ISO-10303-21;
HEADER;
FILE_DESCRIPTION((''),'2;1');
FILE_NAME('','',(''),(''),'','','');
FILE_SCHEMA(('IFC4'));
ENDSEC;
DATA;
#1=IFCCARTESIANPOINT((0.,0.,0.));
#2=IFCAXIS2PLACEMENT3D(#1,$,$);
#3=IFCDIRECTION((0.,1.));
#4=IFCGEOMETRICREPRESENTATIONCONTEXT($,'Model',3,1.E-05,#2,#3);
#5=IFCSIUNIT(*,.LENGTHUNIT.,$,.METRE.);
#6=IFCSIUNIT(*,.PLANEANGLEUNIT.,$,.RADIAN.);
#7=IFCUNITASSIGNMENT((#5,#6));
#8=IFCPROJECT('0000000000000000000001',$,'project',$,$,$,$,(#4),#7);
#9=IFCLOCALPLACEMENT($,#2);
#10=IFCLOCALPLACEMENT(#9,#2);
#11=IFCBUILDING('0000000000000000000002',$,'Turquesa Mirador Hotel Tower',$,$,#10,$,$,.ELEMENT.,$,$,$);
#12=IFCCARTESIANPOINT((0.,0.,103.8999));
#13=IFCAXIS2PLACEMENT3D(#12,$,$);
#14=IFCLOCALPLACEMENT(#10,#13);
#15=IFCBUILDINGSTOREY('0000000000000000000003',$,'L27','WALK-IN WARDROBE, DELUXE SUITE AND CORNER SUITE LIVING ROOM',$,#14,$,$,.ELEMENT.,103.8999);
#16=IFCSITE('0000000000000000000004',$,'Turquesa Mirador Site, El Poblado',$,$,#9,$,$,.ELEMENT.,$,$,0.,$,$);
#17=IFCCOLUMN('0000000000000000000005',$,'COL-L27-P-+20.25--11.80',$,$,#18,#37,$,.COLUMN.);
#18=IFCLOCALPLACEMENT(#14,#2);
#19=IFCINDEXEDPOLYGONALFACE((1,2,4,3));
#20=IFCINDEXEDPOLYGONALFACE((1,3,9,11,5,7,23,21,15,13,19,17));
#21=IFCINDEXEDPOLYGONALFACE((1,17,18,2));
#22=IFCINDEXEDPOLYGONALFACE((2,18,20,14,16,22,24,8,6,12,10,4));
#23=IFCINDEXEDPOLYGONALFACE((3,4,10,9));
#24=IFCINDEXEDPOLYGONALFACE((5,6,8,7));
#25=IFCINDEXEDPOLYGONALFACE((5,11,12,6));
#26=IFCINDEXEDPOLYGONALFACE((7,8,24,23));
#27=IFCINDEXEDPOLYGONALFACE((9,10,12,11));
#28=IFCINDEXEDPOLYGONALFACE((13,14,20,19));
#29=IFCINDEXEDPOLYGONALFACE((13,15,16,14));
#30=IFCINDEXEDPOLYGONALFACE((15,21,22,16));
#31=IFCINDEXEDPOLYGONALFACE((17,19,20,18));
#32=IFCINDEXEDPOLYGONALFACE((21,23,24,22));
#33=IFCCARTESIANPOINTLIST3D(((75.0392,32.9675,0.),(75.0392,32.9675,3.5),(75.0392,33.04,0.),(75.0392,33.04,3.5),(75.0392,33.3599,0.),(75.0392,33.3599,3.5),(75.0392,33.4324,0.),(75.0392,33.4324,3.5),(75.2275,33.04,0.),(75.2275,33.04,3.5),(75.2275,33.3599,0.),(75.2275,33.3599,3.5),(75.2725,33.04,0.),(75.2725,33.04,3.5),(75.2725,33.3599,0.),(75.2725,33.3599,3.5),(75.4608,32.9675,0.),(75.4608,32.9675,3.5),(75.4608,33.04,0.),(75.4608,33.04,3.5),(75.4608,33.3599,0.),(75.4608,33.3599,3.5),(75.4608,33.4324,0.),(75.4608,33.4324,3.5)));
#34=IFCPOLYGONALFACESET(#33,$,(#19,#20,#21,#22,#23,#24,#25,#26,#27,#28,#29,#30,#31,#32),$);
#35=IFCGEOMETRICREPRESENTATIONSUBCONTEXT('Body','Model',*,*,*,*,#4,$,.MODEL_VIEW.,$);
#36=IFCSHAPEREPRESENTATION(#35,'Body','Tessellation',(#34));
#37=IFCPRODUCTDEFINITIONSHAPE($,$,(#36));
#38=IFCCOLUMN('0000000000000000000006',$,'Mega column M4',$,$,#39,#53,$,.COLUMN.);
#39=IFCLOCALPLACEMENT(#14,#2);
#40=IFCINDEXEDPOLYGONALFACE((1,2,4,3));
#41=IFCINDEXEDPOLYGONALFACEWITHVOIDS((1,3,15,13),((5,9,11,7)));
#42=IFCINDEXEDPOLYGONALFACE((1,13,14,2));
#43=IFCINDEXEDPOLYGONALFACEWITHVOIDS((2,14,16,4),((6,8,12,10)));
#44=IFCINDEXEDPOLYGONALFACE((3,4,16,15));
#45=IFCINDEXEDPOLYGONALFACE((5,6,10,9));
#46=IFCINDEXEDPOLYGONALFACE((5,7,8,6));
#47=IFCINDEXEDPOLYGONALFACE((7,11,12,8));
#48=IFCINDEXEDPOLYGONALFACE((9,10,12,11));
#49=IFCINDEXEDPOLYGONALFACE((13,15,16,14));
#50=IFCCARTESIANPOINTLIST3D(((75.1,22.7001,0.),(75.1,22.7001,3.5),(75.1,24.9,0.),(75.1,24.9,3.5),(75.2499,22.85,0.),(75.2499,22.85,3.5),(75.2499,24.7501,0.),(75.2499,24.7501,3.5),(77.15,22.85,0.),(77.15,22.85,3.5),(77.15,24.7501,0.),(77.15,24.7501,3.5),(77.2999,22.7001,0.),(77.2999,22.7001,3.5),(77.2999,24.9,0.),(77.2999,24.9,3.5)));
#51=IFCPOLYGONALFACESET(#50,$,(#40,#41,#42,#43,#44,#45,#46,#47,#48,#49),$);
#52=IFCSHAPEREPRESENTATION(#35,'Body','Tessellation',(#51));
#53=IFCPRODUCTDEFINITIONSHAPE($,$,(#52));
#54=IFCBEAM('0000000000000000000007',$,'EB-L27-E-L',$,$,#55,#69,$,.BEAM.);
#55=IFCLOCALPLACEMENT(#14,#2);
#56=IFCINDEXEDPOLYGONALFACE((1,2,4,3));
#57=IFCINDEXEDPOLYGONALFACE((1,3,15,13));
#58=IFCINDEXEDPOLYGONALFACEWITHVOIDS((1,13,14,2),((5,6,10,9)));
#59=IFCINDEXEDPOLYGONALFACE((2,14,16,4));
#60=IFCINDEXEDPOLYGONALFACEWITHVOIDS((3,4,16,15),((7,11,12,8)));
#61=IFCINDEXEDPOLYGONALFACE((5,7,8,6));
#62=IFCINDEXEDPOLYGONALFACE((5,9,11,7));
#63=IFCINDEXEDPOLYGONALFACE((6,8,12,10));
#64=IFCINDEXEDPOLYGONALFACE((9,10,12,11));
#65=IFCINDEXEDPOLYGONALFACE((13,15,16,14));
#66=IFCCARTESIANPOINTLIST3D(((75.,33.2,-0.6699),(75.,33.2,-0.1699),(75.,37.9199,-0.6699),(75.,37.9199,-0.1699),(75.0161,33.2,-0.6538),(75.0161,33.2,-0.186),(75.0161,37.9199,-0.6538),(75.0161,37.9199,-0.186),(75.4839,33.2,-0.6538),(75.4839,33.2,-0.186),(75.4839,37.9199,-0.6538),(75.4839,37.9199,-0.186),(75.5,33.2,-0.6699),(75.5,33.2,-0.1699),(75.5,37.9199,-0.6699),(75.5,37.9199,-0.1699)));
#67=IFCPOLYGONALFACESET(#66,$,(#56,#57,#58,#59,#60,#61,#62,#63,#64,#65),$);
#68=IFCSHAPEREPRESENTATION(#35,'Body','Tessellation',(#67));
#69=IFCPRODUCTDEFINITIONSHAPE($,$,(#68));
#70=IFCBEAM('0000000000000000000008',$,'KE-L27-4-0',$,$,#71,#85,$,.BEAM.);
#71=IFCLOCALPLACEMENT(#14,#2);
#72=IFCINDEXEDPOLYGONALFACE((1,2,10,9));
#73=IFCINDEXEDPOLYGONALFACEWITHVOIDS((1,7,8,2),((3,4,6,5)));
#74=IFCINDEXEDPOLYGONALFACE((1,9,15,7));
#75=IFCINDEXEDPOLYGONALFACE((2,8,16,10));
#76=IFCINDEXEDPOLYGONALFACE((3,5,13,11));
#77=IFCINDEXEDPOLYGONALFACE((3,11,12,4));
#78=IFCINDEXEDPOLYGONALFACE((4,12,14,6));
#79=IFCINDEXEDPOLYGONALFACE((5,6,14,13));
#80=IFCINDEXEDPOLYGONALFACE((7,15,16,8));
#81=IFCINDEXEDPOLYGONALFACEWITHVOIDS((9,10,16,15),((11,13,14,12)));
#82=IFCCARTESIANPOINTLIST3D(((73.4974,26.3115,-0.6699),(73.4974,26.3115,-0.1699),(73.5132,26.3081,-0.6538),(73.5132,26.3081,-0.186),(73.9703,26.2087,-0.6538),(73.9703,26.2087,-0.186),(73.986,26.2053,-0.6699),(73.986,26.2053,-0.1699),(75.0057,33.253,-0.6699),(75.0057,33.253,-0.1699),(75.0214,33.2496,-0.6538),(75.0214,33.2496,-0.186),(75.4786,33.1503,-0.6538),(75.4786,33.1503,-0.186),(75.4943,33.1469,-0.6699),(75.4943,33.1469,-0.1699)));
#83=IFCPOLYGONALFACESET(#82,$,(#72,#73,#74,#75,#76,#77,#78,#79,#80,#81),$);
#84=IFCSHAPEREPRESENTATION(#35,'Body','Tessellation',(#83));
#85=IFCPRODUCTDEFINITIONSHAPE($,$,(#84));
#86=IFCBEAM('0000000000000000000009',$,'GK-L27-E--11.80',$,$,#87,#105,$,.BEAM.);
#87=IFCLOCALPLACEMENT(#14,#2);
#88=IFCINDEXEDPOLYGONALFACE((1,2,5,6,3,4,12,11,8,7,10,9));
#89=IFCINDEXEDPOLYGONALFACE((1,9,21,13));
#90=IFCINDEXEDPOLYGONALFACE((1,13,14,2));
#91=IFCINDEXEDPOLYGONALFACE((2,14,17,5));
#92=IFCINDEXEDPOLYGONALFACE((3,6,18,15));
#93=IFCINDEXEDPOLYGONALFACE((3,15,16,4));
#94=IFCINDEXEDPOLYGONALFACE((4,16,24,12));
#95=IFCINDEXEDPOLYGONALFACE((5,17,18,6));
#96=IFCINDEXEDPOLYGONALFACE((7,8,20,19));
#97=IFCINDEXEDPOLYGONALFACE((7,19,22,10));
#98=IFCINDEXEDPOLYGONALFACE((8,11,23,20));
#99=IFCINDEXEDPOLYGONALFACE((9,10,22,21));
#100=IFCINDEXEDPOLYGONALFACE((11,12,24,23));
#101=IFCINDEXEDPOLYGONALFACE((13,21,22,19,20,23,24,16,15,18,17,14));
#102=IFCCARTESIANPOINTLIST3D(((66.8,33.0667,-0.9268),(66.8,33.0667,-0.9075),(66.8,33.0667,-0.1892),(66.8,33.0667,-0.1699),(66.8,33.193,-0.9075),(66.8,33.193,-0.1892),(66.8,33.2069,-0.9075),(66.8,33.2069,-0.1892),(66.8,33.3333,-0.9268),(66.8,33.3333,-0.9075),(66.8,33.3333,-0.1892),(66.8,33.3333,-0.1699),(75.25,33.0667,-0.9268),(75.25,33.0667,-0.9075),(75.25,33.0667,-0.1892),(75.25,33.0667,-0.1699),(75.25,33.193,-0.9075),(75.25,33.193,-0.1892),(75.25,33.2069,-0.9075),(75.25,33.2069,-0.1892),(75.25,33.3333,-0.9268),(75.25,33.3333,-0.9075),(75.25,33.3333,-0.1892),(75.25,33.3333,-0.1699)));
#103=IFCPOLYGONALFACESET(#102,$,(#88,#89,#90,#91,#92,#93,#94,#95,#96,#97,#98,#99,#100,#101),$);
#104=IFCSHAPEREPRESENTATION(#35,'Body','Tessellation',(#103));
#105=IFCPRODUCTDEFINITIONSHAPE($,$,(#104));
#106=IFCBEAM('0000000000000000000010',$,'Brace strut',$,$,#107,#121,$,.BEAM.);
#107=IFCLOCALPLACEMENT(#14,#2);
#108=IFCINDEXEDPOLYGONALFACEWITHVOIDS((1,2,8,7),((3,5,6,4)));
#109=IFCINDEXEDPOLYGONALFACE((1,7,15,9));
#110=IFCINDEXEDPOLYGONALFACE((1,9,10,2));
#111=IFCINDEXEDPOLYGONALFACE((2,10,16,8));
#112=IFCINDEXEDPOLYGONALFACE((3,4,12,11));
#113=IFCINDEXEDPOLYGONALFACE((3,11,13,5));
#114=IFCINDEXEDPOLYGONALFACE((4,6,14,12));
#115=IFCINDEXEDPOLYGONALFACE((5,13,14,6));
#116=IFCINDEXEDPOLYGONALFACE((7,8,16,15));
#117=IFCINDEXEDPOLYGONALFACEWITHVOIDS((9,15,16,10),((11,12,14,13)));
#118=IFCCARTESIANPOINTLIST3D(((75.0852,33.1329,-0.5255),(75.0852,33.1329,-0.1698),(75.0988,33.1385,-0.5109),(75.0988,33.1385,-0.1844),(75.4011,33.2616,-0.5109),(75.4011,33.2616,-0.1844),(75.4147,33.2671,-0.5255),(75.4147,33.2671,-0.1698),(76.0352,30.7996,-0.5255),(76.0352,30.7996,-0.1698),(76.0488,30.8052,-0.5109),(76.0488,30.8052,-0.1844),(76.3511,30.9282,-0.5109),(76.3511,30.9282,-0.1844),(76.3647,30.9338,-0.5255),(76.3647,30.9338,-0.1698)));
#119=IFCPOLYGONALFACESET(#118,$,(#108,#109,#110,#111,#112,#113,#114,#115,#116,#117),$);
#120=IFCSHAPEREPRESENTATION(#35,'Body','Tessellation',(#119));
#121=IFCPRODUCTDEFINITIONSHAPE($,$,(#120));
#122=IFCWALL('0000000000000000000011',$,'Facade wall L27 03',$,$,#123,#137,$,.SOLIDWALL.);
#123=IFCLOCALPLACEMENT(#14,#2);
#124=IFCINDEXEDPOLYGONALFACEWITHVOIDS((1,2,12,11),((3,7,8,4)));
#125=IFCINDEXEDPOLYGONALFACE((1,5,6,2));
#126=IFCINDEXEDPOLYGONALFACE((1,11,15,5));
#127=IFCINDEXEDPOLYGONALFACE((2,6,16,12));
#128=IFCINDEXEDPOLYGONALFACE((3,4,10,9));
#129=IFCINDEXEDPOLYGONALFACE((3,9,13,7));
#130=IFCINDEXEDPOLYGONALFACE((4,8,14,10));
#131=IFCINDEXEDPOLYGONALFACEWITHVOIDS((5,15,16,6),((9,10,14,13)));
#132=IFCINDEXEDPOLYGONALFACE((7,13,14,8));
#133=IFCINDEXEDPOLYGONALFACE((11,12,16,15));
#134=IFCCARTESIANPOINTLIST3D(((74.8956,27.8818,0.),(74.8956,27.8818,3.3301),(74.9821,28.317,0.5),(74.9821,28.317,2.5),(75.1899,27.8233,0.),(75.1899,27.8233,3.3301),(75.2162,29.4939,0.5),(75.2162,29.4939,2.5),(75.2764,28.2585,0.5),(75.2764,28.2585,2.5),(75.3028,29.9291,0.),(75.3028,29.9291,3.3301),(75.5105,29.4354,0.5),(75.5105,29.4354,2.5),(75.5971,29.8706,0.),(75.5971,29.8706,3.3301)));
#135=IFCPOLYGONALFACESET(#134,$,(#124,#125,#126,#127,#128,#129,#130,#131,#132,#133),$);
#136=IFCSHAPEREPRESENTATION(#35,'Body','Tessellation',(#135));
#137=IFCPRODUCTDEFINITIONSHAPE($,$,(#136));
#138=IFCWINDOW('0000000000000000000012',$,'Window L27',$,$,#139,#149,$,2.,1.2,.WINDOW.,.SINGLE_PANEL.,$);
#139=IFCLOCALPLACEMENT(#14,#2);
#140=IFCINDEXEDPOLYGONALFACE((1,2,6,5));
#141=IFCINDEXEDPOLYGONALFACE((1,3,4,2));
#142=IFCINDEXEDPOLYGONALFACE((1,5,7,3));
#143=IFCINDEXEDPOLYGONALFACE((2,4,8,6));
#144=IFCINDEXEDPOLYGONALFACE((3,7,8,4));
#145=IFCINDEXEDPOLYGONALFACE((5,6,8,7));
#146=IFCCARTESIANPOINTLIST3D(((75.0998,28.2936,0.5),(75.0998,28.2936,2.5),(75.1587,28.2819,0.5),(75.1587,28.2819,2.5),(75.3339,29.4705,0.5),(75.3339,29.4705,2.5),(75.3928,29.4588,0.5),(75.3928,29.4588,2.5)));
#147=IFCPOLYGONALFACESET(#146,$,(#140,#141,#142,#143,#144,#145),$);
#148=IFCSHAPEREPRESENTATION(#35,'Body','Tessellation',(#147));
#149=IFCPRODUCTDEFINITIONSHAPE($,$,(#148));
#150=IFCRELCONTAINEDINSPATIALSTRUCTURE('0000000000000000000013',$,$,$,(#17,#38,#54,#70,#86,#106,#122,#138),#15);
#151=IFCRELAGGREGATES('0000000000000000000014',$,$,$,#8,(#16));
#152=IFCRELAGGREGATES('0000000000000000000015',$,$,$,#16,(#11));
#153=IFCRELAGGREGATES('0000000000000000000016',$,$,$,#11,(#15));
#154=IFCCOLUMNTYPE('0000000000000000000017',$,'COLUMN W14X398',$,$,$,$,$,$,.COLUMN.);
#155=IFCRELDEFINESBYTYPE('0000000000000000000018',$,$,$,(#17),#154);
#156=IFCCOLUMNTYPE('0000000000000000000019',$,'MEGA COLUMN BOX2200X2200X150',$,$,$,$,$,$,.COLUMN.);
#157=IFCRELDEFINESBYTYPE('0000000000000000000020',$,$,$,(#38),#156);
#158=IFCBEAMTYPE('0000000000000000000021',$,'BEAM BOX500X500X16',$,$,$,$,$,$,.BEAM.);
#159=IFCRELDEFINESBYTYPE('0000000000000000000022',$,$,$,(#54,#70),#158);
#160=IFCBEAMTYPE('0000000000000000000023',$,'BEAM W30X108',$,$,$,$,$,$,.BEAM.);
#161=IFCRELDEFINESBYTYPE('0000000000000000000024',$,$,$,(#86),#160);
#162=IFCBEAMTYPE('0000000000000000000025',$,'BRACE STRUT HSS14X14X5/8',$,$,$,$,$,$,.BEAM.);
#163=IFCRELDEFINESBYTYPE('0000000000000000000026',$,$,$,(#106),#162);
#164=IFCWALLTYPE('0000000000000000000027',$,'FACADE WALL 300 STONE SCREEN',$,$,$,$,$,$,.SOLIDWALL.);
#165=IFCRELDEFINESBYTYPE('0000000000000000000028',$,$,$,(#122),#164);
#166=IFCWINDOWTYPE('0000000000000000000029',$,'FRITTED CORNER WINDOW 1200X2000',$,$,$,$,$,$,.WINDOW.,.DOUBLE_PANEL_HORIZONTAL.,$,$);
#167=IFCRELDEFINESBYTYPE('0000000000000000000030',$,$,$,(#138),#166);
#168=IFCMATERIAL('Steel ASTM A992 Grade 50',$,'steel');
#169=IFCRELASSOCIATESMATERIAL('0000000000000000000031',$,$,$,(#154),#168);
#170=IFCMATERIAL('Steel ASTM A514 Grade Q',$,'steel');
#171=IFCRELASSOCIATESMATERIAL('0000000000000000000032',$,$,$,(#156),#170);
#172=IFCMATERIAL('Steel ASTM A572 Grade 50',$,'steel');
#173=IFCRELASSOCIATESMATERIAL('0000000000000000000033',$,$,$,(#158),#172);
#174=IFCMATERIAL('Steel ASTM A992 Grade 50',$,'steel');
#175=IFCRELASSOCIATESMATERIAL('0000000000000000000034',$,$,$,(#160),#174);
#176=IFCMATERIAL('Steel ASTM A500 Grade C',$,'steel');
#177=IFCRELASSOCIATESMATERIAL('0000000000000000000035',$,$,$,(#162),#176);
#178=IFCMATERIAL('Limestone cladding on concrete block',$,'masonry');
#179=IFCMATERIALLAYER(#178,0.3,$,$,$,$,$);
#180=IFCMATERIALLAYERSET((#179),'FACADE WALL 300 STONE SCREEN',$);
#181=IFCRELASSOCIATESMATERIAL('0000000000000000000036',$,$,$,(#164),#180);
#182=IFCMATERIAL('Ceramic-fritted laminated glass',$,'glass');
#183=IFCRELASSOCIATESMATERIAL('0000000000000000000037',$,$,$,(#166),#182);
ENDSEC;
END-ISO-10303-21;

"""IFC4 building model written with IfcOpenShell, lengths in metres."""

from ifc_helpers import new_model, si_unit, direction, frame, frame_2d, origin, origin_2d, place, context, subcontext, project, spatial, rectangle, hollow_rectangle, i_section, extrude, material, layer, layer_set, material_profile, profile_set, type_object, element, fill, save


model = new_model("IFC4")

# Units and contexts
model_context = context("Model", 3, precision=1e-05, world=origin(), true_north=direction((0.0, 1.0)))
body_context = subcontext(model_context, "Body", "Model", "MODEL_VIEW")
ifc_project = project(units=[si_unit("LENGTHUNIT", "METRE"), si_unit("PLANEANGLEUNIT", "RADIAN")], contexts=[model_context])

# Site, building, storey
site_placement = place(None, origin())
site = spatial("IfcSite", under=ifc_project, at=site_placement, Name="Turquesa Mirador Site, El Poblado", CompositionType="ELEMENT", RefElevation=0.0)
building_placement = place(site_placement, origin())
building = spatial("IfcBuilding", under=site, at=building_placement, Name="Turquesa Mirador Hotel Tower", CompositionType="ELEMENT")
storey_placement = place(building_placement, frame((0.0, 0.0, 103.8999)))
storey = spatial("IfcBuildingStorey", under=building, at=storey_placement, Name="L27", Description="WALK-IN WARDROBE, DELUXE SUITE AND CORNER SUITE LIVING ROOM", CompositionType="ELEMENT", Elevation=103.8999)

# Columns
ifc_material_1 = material(Name="Steel ASTM A992 Grade 50", Category="steel")
ifc_material_profile_1 = material_profile(ifc_material_1, i_section(OverallWidth=0.4216, OverallDepth=0.4648, WebThickness=0.0449, FlangeThickness=0.0725, at=origin_2d()), Name="W14X398")
ifc_profile_set_1 = profile_set([ifc_material_profile_1], Name="Steel ASTM A992 Grade 50")
column_type_1 = type_object("IfcColumnType", Name="COLUMN W14X398", PredefinedType="COLUMN", material=ifc_profile_set_1)
column_1_placement = place(storey_placement, frame((75.25, 33.2, 0.0), z_axis=(0.0, 0.0, 1.0), x_axis=(1.0, 0.0, 0.0)))
element("IfcColumn", 1, at=column_1_placement, inside=storey, type_object=column_type_1, Name="COL-L27-P-+20.25--11.80", PredefinedType="COLUMN", context=body_context, shape_type="SweptSolid", body=[
    extrude(i_section(OverallWidth=0.4216, OverallDepth=0.4648, WebThickness=0.0449, FlangeThickness=0.0725, at=origin_2d()), origin(), (0.0, 0.0, 1.0), 3.5),
])
ifc_material_2 = material(Name="Steel ASTM A514 Grade Q", Category="steel")
ifc_material_profile_2 = material_profile(ifc_material_2, hollow_rectangle(XDim=2.2, YDim=2.2, WallThickness=0.1499, at=origin_2d()), Name="BOX2200X2200X150")
ifc_profile_set_2 = profile_set([ifc_material_profile_2], Name="Steel ASTM A514 Grade Q")
column_type_2 = type_object("IfcColumnType", Name="MEGA COLUMN BOX2200X2200X150", PredefinedType="COLUMN", material=ifc_profile_set_2)
column_2_placement = place(storey_placement, frame((76.2, 23.8, 0.0), z_axis=(0.0, 0.0, 1.0), x_axis=(1.0, 0.0, 0.0)))
element("IfcColumn", 2, at=column_2_placement, inside=storey, type_object=column_type_2, Name="Mega column M4", PredefinedType="COLUMN", context=body_context, shape_type="SweptSolid", body=[
    extrude(hollow_rectangle(XDim=2.2, YDim=2.2, WallThickness=0.1499, at=origin_2d()), origin(), (0.0, 0.0, 1.0), 3.5),
])

# Beams
ifc_material_3 = material(Name="Steel ASTM A572 Grade 50", Category="steel")
ifc_material_profile_3 = material_profile(ifc_material_3, hollow_rectangle(XDim=0.5, YDim=0.5, WallThickness=0.0161, at=origin_2d()), Name="BOX500X500X16")
ifc_profile_set_3 = profile_set([ifc_material_profile_3], Name="Steel ASTM A572 Grade 50")
beam_type_1 = type_object("IfcBeamType", Name="BEAM BOX500X500X16", PredefinedType="BEAM", material=ifc_profile_set_3)
beam_1_placement = place(storey_placement, frame((75.25, 33.2, -0.4199), z_axis=(0.0, 1.0, 0.0), x_axis=(-1.0, 0.0, 0.0)))
element("IfcBeam", 3, at=beam_1_placement, inside=storey, type_object=beam_type_1, Name="EB-L27-E-L", PredefinedType="BEAM", context=body_context, shape_type="SweptSolid", body=[
    extrude(hollow_rectangle(XDim=0.5, YDim=0.5, WallThickness=0.0161, at=origin_2d()), origin(), (0.0, 0.0, 1.0), 4.72),
])
beam_2_placement = place(storey_placement, frame((75.25, 33.2, -0.4199), z_axis=(-0.212328, -0.977198, 0.0), x_axis=(0.977198, -0.212328, 0.0)))
element("IfcBeam", 4, at=beam_2_placement, inside=storey, type_object=beam_type_1, Name="KE-L27-4-0", PredefinedType="BEAM", context=body_context, shape_type="SweptSolid", body=[
    extrude(hollow_rectangle(XDim=0.5, YDim=0.5, WallThickness=0.0161, at=origin_2d()), origin(), (0.0, 0.0, 1.0), 7.1035),
])
ifc_material_4 = material(Name="Steel ASTM A992 Grade 50", Category="steel")
ifc_material_profile_4 = material_profile(ifc_material_4, i_section(OverallWidth=0.2666, OverallDepth=0.7568, WebThickness=0.0139, FlangeThickness=0.0193, at=origin_2d()), Name="W30X108")
ifc_profile_set_4 = profile_set([ifc_material_profile_4], Name="Steel ASTM A992 Grade 50")
beam_type_2 = type_object("IfcBeamType", Name="BEAM W30X108", PredefinedType="BEAM", material=ifc_profile_set_4)
beam_3_placement = place(storey_placement, frame((75.25, 33.2, -0.5483), z_axis=(-1.0, 0.0, 0.0), x_axis=(0.0, -1.0, 0.0)))
element("IfcBeam", 5, at=beam_3_placement, inside=storey, type_object=beam_type_2, Name="GK-L27-E--11.80", PredefinedType="BEAM", context=body_context, shape_type="SweptSolid", body=[
    extrude(i_section(OverallWidth=0.2666, OverallDepth=0.7568, WebThickness=0.0139, FlangeThickness=0.0193, at=origin_2d()), origin(), (0.0, 0.0, 1.0), 8.45),
])
ifc_material_5 = material(Name="Steel ASTM A500 Grade C", Category="steel")
ifc_material_profile_5 = material_profile(ifc_material_5, hollow_rectangle(XDim=0.3557, YDim=0.3557, WallThickness=0.0146, at=origin_2d()), Name="HSS14X14X5/8")
ifc_profile_set_5 = profile_set([ifc_material_profile_5], Name="Steel ASTM A500 Grade C")
beam_type_3 = type_object("IfcBeamType", Name="BRACE STRUT HSS14X14X5/8", PredefinedType="BEAM", material=ifc_profile_set_5)
beam_4_placement = place(storey_placement, frame((76.2, 30.8667, -0.3477), z_axis=(-0.377081, 0.92618, 0.0), x_axis=(-0.92618, -0.377081, 0.0)))
element("IfcBeam", 6, at=beam_4_placement, inside=storey, type_object=beam_type_3, Name="Brace strut", PredefinedType="BEAM", context=body_context, shape_type="SweptSolid", body=[
    extrude(hollow_rectangle(XDim=0.3557, YDim=0.3557, WallThickness=0.0146, at=origin_2d()), origin(), (0.0, 0.0, 1.0), 2.5193),
])

# Wall, opening, window
ifc_material_6 = material(Name="Limestone cladding on concrete block", Category="masonry")
ifc_layer = layer(ifc_material_6, 0.3)
ifc_layer_set = layer_set([ifc_layer], Name="FACADE WALL 300 STONE SCREEN")
wall_type = type_object("IfcWallType", Name="FACADE WALL 300 STONE SCREEN", PredefinedType="SOLIDWALL", material=ifc_layer_set)
wall_1_placement = place(storey_placement, frame((75.0427, 27.8525, 0.0), z_axis=(0.0, 0.0, 1.0), x_axis=(0.195081, 0.980787, 0.0)))
wall_1 = element("IfcWall", 7, at=wall_1_placement, inside=storey, type_object=wall_type, Name="Facade wall L27 03", PredefinedType="SOLIDWALL", context=body_context, shape_type="SweptSolid", body=[
    extrude(rectangle(XDim=2.0874, YDim=0.3, at=frame_2d((1.0437, 0.0))), origin(), (0.0, 0.0, 1.0), 3.3301),
])
opening_1_placement = place(wall_1_placement, frame((0.4436, 0.0, 0.5)))
opening_1 = element("IfcOpeningElement", 8, at=opening_1_placement, cuts=wall_1, PredefinedType="OPENING", context=body_context, shape_type="SweptSolid", body=[
    extrude(rectangle(XDim=1.2, YDim=2.0, at=frame_2d((0.6001, 1.0))), frame((0.0, 0.1599, 0.0), z_axis=(0.0, -1.0, 0.0), x_axis=(1.0, 0.0, 0.0)), (0.0, 0.0, 1.0), 0.3201),
])
ifc_material_7 = material(Name="Ceramic-fritted laminated glass", Category="glass")
window_type_1 = type_object("IfcWindowType", Name="FRITTED CORNER WINDOW 1200X2000", PartitioningType="DOUBLE_PANEL_HORIZONTAL", PredefinedType="WINDOW", material=ifc_material_7)
window_1_placement = place(opening_1_placement, origin())
window_1 = element("IfcWindow", 9, at=window_1_placement, inside=storey, type_object=window_type_1, Name="Window L27", OverallHeight=2.0, OverallWidth=1.2, PartitioningType="SINGLE_PANEL", PredefinedType="WINDOW", context=body_context, shape_type="SweptSolid", body=[
    extrude(rectangle(XDim=1.2, YDim=2.0, at=frame_2d((0.6001, 1.0))), frame((0.0, 0.03, 0.0), z_axis=(0.0, -1.0, 0.0), x_axis=(1.0, 0.0, 0.0)), (0.0, 0.0, 1.0), 0.0601),
])
fill(opening_1, window_1)

save(model, "model.ifc")
